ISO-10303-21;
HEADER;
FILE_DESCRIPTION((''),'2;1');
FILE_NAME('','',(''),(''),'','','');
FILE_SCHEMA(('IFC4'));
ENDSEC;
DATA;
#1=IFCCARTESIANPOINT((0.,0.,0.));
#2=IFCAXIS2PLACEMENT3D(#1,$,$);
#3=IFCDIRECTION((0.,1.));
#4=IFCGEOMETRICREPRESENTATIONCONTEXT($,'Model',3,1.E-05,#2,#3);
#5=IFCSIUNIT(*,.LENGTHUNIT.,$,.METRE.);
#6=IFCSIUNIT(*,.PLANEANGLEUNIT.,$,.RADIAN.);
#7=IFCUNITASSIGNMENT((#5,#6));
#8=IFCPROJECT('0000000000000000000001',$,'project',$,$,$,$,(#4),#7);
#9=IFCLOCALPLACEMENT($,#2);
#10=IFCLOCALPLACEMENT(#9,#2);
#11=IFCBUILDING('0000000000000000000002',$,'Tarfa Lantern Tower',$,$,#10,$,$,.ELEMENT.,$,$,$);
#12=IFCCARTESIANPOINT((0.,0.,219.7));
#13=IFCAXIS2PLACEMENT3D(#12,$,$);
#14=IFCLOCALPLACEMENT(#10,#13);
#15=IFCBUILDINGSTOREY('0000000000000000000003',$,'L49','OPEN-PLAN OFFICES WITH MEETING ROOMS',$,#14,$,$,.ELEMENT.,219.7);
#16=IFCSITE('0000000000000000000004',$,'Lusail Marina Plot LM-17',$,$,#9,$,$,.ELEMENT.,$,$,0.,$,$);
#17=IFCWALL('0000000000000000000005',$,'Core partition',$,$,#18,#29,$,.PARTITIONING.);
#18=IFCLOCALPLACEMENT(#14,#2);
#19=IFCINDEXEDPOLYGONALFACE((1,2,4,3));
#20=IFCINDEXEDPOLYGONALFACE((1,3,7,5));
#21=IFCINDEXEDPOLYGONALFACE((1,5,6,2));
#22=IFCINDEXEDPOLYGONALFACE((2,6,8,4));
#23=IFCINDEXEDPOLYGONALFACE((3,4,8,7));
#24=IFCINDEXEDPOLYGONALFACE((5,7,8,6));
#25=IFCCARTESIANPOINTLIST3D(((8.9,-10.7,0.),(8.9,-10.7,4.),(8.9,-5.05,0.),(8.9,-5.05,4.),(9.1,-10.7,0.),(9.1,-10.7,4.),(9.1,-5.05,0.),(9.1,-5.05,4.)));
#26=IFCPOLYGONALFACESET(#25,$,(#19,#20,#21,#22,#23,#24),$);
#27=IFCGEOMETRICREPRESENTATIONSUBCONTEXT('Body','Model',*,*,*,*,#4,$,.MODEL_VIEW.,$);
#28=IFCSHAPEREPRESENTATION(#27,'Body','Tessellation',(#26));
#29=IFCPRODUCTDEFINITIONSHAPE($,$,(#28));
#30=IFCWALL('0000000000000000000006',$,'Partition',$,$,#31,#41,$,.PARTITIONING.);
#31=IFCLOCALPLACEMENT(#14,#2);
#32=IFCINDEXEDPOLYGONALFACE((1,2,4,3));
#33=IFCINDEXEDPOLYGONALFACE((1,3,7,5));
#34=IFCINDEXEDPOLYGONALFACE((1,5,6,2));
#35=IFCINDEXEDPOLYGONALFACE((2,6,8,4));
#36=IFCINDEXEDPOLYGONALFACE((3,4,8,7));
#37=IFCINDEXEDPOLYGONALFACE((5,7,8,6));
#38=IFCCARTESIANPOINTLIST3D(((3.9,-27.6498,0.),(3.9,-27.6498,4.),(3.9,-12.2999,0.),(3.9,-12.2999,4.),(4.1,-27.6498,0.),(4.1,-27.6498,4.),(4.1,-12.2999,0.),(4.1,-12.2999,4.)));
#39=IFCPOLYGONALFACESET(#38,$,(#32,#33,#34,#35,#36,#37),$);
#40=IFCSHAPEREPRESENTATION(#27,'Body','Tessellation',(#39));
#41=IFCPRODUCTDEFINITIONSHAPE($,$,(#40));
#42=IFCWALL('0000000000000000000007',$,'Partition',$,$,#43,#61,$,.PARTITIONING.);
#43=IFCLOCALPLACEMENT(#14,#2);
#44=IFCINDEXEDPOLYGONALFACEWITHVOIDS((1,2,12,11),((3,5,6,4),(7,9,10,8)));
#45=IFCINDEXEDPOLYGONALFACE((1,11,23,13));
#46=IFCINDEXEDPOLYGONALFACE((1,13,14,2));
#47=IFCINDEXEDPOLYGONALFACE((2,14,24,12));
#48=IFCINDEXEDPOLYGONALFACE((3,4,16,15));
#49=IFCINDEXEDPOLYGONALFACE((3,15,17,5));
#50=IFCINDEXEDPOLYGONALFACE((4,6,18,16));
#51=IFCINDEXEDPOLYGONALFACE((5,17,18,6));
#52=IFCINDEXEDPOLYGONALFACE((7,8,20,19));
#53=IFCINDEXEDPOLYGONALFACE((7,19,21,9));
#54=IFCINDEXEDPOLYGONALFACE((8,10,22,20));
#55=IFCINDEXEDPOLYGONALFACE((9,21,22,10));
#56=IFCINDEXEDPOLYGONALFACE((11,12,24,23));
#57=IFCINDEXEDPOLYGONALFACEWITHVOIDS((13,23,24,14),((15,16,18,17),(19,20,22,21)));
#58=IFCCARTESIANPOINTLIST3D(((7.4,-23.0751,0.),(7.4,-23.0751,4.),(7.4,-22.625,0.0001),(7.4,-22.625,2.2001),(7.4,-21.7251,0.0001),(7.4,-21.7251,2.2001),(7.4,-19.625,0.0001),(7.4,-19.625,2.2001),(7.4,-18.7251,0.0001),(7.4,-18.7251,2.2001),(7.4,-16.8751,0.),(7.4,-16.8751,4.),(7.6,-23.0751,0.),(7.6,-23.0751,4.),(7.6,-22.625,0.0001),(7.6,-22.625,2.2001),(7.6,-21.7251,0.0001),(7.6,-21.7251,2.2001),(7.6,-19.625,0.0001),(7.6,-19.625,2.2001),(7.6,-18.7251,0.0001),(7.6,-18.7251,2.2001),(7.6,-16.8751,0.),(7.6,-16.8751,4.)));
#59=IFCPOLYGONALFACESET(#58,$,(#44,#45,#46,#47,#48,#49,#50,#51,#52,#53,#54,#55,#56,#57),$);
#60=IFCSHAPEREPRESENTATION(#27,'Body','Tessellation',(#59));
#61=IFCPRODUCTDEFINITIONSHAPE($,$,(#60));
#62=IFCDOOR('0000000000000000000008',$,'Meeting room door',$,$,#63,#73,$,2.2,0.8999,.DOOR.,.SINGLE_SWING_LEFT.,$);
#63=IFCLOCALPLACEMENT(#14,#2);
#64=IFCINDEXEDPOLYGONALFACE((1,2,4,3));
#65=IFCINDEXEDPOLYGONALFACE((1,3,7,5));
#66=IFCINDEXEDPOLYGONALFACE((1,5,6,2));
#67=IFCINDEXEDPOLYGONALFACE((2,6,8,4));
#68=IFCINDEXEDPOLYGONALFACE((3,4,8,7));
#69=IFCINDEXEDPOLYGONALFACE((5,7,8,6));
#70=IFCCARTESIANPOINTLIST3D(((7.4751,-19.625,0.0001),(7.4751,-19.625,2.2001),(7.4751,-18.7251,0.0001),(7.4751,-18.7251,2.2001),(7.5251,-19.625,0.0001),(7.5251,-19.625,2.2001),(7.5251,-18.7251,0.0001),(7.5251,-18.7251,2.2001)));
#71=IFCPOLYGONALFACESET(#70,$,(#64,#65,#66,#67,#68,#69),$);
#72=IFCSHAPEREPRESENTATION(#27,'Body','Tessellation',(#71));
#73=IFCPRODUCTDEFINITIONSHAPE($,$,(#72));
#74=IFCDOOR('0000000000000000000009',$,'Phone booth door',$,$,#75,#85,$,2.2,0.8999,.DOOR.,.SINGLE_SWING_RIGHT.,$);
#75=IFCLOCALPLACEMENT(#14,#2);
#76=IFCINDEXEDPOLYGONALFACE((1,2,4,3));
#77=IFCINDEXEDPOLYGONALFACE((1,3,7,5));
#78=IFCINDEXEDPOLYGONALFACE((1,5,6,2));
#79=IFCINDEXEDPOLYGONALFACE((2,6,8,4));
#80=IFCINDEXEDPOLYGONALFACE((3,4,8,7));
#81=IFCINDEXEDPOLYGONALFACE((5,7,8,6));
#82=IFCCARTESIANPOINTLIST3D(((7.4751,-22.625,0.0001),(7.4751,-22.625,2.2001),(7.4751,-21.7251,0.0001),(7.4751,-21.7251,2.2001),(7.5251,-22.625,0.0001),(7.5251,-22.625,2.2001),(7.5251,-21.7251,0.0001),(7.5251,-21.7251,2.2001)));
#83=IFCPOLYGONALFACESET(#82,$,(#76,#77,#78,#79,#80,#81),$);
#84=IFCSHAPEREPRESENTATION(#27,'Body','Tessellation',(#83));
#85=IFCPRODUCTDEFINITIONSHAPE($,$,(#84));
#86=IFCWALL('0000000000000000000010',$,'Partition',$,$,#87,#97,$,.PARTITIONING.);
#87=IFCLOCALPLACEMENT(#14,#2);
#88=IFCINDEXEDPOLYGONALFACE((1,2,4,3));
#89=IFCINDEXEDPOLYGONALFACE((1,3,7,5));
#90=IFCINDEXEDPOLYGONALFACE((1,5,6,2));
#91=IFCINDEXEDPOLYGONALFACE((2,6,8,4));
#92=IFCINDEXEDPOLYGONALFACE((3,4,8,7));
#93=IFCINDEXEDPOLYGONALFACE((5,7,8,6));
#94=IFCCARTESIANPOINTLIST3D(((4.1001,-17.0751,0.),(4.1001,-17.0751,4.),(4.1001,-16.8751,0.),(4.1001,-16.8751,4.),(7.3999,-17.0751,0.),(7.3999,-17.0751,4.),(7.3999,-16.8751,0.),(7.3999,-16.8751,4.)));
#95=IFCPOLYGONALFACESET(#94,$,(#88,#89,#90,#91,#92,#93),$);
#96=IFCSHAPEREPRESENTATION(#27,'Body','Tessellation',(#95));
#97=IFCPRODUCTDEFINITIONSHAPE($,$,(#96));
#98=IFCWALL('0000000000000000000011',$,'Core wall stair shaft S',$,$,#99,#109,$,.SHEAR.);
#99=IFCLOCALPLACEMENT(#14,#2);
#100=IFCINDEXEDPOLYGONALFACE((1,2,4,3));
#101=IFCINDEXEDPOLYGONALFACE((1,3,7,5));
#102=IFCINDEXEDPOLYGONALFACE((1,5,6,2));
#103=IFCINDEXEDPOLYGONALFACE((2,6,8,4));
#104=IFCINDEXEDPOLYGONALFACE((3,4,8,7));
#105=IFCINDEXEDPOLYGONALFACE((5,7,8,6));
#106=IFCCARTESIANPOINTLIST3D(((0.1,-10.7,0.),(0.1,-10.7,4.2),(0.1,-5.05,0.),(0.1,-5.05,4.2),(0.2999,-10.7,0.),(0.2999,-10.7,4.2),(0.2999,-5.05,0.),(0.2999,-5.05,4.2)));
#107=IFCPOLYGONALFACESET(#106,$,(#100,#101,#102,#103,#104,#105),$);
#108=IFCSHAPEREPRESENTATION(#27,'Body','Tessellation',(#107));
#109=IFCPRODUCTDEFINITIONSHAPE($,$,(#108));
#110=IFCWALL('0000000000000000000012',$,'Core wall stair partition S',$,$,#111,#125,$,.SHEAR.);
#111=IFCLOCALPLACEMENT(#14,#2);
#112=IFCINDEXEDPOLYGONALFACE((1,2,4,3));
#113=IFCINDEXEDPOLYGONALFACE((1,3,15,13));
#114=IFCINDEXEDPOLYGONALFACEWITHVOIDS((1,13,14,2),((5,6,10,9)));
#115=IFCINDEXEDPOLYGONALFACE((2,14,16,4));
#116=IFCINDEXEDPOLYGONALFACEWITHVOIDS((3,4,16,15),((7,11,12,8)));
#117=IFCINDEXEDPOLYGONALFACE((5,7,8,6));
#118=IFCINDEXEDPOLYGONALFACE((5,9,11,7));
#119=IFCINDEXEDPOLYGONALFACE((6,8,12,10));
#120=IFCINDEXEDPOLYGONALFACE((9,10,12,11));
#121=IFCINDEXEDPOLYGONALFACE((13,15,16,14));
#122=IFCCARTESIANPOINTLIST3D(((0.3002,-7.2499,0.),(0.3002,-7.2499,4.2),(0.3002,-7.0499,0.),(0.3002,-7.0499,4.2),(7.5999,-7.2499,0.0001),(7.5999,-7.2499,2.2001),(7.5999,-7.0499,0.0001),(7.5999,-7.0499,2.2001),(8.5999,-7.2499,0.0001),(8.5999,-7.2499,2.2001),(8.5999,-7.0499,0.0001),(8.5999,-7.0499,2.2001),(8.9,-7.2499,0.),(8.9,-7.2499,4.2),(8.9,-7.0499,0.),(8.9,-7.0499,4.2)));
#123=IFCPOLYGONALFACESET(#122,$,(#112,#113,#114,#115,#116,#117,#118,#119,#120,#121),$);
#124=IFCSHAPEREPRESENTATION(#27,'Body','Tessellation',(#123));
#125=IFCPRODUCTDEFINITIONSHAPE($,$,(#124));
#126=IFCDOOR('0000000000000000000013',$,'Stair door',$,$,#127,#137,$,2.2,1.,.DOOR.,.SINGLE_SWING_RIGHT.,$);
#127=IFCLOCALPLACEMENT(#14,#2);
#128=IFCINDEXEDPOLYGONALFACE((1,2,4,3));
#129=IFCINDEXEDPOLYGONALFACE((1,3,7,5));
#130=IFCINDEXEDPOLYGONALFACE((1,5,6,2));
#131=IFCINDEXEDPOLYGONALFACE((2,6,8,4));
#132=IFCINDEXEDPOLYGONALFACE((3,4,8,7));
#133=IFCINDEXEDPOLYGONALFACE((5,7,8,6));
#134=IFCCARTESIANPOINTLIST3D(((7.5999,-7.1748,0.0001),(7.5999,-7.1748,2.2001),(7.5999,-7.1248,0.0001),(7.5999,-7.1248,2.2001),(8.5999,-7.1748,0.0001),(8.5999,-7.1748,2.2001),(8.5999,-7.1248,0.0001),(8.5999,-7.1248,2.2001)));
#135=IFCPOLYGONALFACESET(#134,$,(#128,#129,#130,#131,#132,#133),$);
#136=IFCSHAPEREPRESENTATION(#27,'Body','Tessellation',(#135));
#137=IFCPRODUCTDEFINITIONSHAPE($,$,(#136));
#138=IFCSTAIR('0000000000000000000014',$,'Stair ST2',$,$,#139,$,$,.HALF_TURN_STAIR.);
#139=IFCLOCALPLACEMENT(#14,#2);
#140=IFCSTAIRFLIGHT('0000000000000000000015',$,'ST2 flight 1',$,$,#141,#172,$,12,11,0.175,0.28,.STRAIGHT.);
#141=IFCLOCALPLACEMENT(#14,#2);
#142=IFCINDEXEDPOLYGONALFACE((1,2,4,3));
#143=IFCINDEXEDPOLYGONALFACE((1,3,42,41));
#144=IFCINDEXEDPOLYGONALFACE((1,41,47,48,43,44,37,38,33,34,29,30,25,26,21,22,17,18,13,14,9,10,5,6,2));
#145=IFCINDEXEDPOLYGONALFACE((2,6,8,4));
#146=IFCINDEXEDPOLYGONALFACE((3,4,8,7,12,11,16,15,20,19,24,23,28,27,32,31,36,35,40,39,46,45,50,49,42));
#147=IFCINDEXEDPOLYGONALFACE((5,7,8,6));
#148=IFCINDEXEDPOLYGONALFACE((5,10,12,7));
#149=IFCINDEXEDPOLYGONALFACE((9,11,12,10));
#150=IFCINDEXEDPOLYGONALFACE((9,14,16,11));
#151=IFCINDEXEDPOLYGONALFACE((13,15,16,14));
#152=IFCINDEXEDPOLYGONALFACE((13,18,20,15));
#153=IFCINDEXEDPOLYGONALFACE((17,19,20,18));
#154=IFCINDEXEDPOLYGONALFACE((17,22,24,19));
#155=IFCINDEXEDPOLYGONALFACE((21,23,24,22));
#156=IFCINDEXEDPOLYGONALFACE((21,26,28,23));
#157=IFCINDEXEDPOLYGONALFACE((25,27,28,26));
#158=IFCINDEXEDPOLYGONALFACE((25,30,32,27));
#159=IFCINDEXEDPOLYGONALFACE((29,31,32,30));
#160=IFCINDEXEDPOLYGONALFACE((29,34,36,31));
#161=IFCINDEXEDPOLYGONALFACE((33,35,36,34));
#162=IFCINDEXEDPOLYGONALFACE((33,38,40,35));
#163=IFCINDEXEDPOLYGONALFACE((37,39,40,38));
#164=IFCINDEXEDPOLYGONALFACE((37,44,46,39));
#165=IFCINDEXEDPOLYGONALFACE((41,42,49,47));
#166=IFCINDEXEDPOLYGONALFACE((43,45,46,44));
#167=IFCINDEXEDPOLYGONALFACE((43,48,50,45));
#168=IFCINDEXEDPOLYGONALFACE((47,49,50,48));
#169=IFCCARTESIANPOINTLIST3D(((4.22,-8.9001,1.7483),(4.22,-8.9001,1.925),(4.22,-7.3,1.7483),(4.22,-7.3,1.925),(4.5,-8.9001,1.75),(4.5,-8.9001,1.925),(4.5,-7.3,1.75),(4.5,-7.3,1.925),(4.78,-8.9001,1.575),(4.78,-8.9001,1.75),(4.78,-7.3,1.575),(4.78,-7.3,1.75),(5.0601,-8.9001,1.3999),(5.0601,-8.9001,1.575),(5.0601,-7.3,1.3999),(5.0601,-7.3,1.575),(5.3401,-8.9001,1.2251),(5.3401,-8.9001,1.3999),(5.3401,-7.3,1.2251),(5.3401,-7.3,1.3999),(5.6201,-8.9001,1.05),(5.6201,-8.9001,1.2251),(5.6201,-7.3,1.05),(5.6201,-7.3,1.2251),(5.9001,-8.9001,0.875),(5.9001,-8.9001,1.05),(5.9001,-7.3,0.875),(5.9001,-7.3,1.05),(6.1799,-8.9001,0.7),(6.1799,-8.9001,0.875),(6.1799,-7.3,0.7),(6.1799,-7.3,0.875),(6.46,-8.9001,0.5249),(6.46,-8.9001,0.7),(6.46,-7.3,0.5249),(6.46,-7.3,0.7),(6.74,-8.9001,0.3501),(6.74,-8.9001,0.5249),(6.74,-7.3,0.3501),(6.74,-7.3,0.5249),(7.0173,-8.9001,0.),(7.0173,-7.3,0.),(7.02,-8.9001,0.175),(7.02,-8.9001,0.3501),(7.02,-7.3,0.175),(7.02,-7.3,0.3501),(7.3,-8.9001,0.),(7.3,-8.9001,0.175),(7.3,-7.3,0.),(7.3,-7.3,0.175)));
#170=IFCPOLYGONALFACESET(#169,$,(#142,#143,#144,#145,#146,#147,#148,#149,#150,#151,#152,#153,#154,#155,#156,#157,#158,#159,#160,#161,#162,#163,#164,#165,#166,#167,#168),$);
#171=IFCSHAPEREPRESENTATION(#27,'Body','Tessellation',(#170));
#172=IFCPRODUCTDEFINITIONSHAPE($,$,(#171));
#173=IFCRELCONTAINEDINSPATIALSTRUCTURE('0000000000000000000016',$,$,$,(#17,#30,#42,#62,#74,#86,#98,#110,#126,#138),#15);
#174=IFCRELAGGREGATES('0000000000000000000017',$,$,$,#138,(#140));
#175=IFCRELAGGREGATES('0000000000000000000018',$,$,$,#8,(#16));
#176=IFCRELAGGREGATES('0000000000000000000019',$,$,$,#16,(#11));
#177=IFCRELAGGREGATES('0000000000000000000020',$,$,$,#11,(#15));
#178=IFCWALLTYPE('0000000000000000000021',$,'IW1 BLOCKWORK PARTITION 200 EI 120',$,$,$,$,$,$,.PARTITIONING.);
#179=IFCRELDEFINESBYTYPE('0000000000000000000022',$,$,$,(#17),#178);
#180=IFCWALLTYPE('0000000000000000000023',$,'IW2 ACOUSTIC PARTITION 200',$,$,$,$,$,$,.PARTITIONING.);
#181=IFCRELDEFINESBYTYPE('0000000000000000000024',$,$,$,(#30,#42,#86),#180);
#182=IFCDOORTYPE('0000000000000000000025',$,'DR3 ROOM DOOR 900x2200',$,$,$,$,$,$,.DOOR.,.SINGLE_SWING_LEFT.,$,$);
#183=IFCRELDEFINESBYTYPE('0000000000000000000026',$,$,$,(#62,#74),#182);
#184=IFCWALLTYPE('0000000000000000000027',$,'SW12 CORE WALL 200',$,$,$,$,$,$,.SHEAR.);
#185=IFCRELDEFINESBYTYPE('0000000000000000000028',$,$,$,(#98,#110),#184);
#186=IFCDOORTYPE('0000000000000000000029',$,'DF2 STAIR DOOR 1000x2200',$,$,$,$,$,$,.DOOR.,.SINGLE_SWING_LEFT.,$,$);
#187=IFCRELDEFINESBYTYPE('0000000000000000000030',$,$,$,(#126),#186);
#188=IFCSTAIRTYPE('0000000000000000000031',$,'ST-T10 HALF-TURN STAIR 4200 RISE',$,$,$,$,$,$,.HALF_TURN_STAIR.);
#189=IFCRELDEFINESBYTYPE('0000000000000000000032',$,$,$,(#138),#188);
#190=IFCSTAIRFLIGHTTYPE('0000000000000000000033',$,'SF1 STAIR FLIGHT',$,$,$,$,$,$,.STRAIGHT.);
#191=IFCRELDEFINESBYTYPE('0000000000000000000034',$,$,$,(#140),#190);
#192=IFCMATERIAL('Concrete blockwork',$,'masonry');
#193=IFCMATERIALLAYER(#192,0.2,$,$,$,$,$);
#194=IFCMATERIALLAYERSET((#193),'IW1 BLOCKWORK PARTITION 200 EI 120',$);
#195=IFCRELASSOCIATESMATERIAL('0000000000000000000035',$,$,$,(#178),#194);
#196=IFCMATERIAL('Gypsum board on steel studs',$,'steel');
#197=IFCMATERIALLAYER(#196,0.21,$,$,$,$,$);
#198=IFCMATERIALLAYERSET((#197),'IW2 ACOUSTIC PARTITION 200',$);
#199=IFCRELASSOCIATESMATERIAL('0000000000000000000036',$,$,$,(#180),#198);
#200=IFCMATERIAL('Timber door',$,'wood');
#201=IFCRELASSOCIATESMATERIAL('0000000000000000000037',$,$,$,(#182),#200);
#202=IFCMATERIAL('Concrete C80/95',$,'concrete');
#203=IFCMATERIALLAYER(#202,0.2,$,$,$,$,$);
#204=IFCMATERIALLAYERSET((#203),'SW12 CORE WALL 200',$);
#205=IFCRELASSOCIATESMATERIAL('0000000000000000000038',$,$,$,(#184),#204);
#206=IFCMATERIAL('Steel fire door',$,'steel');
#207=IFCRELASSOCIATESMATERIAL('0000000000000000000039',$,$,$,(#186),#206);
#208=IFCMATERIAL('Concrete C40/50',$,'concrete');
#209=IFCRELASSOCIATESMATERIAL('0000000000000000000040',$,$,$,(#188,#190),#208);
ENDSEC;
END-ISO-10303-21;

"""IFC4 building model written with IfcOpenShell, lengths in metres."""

from ifc_helpers import new_model, si_unit, direction, frame, frame_2d, origin, place, context, subcontext, project, spatial, polyline, rectangle, outline, extrude, material, layer, layer_set, type_object, element, fill, aggregate, save


model = new_model("IFC4")

# Units and contexts
model_context = context("Model", 3, precision=1e-05, world=origin(), true_north=direction((0.0, 1.0)))
body_context = subcontext(model_context, "Body", "Model", "MODEL_VIEW")
ifc_project = project(units=[si_unit("LENGTHUNIT", "METRE"), si_unit("PLANEANGLEUNIT", "RADIAN")], contexts=[model_context])

# Site, building, storey
site_placement = place(None, origin())
site = spatial("IfcSite", under=ifc_project, at=site_placement, Name="Lusail Marina Plot LM-17", CompositionType="ELEMENT", RefElevation=0.0)
building_placement = place(site_placement, origin())
building = spatial("IfcBuilding", under=site, at=building_placement, Name="Tarfa Lantern Tower", CompositionType="ELEMENT")
storey_placement = place(building_placement, frame((0.0, 0.0, 219.7)))
storey = spatial("IfcBuildingStorey", under=building, at=storey_placement, Name="L49", Description="OPEN-PLAN OFFICES WITH MEETING ROOMS", CompositionType="ELEMENT", Elevation=219.7)

# Walls
ifc_material_1 = material(Name="Concrete blockwork", Category="masonry")
ifc_layer_1 = layer(ifc_material_1, 0.2)
ifc_layer_set_1 = layer_set([ifc_layer_1], Name="IW1 BLOCKWORK PARTITION 200 EI 120")
wall_type_1 = type_object("IfcWallType", Name="IW1 BLOCKWORK PARTITION 200 EI 120", PredefinedType="PARTITIONING", material=ifc_layer_set_1)
wall_1_placement = place(storey_placement, frame((9.0, -5.05, 0.0), z_axis=(0.0, 0.0, 1.0), x_axis=(0.0, -1.0, 0.0)))
element("IfcWall", 1, at=wall_1_placement, inside=storey, type_object=wall_type_1, Name="Core partition", PredefinedType="PARTITIONING", context=body_context, shape_type="SweptSolid", body=[
    extrude(rectangle(XDim=5.6499, YDim=0.2, at=frame_2d((2.825, 0.0))), origin(), (0.0, 0.0, 1.0), 4.0),
])
ifc_material_2 = material(Name="Gypsum board on steel studs", Category="steel")
ifc_layer_2 = layer(ifc_material_2, 0.21)
ifc_layer_set_2 = layer_set([ifc_layer_2], Name="IW2 ACOUSTIC PARTITION 200")
wall_type_2 = type_object("IfcWallType", Name="IW2 ACOUSTIC PARTITION 200", PredefinedType="PARTITIONING", material=ifc_layer_set_2)
wall_2_placement = place(storey_placement, frame((4.0, -12.3, 0.0), z_axis=(0.0, 0.0, 1.0), x_axis=(0.0, -1.0, 0.0)))
element("IfcWall", 2, at=wall_2_placement, inside=storey, type_object=wall_type_2, Name="Partition", PredefinedType="PARTITIONING", context=body_context, shape_type="SweptSolid", body=[
    extrude(rectangle(XDim=15.3499, YDim=0.2, at=frame_2d((7.6748, 0.0))), origin(), (0.0, 0.0, 1.0), 4.0),
])

# Wall, openings, doors
wall_3_placement = place(storey_placement, frame((7.5, -16.875, 0.0), z_axis=(0.0, 0.0, 1.0), x_axis=(0.0, -1.0, 0.0)))
wall_3 = element("IfcWall", 3, at=wall_3_placement, inside=storey, type_object=wall_type_2, Name="Partition", PredefinedType="PARTITIONING", context=body_context, shape_type="SweptSolid", body=[
    extrude(rectangle(XDim=6.2, YDim=0.2, at=frame_2d((3.1001, 0.0))), origin(), (0.0, 0.0, 1.0), 4.0),
])
opening_1_placement = place(wall_3_placement, frame((1.8501, 0.0, 0.0)))
opening_1 = element("IfcOpeningElement", 4, at=opening_1_placement, cuts=wall_3, PredefinedType="OPENING", context=body_context, shape_type="SweptSolid", body=[
    extrude(rectangle(XDim=0.8999, YDim=2.2, at=frame_2d((0.45, 1.1001))), frame((0.0, 0.1099, 0.0), z_axis=(0.0, -1.0, 0.0), x_axis=(1.0, 0.0, 0.0)), (0.0, 0.0, 1.0), 0.22),
])
opening_2_placement = place(wall_3_placement, frame((4.8501, 0.0, 0.0)))
opening_2 = element("IfcOpeningElement", 5, at=opening_2_placement, cuts=wall_3, PredefinedType="OPENING", context=body_context, shape_type="SweptSolid", body=[
    extrude(rectangle(XDim=0.8999, YDim=2.2, at=frame_2d((0.45, 1.1001))), frame((0.0, 0.1099, 0.0), z_axis=(0.0, -1.0, 0.0), x_axis=(1.0, 0.0, 0.0)), (0.0, 0.0, 1.0), 0.22),
])
ifc_material_3 = material(Name="Timber door", Category="wood")
door_type_1 = type_object("IfcDoorType", Name="DR3 ROOM DOOR 900x2200", OperationType="SINGLE_SWING_LEFT", PredefinedType="DOOR", material=ifc_material_3)
door_1_placement = place(opening_1_placement, frame((0.8999, 0.0, 0.0), z_axis=(0.0, 0.0, 1.0), x_axis=(-1.0, 0.0, 0.0)))
door_1 = element("IfcDoor", 6, at=door_1_placement, inside=storey, type_object=door_type_1, Name="Meeting room door", OperationType="SINGLE_SWING_LEFT", OverallHeight=2.2, OverallWidth=0.8999, PredefinedType="DOOR", context=body_context, shape_type="SweptSolid", body=[
    extrude(rectangle(XDim=0.8999, YDim=2.2, at=frame_2d((0.45, 1.1001))), frame((0.0, 0.0249, 0.0), z_axis=(0.0, -1.0, 0.0), x_axis=(1.0, 0.0, 0.0)), (0.0, 0.0, 1.0), 0.05),
])
fill(opening_1, door_1)
door_2_placement = place(opening_2_placement, frame((0.8999, 0.0, 0.0), z_axis=(0.0, 0.0, 1.0), x_axis=(-1.0, 0.0, 0.0)))
door_2 = element("IfcDoor", 7, at=door_2_placement, inside=storey, type_object=door_type_1, Name="Phone booth door", OperationType="SINGLE_SWING_RIGHT", OverallHeight=2.2, OverallWidth=0.8999, PredefinedType="DOOR", context=body_context, shape_type="SweptSolid", body=[
    extrude(rectangle(XDim=0.8999, YDim=2.2, at=frame_2d((0.45, 1.1001))), frame((0.0, 0.0249, 0.0), z_axis=(0.0, -1.0, 0.0), x_axis=(1.0, 0.0, 0.0)), (0.0, 0.0, 1.0), 0.05),
])
fill(opening_2, door_2)

# Walls
wall_4_placement = place(storey_placement, frame((4.1001, -16.9751, 0.0), z_axis=(0.0, 0.0, 1.0), x_axis=(1.0, 0.0, 0.0)))
element("IfcWall", 8, at=wall_4_placement, inside=storey, type_object=wall_type_2, Name="Partition", PredefinedType="PARTITIONING", context=body_context, shape_type="SweptSolid", body=[
    extrude(rectangle(XDim=3.2998, YDim=0.2, at=frame_2d((1.6499, 0.0))), origin(), (0.0, 0.0, 1.0), 4.0),
])
ifc_material_4 = material(Name="Concrete C80/95", Category="concrete")
ifc_layer_3 = layer(ifc_material_4, 0.2)
ifc_layer_set_3 = layer_set([ifc_layer_3], Name="SW12 CORE WALL 200")
wall_type_3 = type_object("IfcWallType", Name="SW12 CORE WALL 200", PredefinedType="SHEAR", material=ifc_layer_set_3)
wall_5_placement = place(storey_placement, frame((0.2, -5.05, 0.0), z_axis=(0.0, 0.0, 1.0), x_axis=(0.0, -1.0, 0.0)))
element("IfcWall", 9, at=wall_5_placement, inside=storey, type_object=wall_type_3, Name="Core wall stair shaft S", PredefinedType="SHEAR", context=body_context, shape_type="SweptSolid", body=[
    extrude(rectangle(XDim=5.6499, YDim=0.2, at=frame_2d((2.825, 0.0))), origin(), (0.0, 0.0, 1.0), 4.2),
])

# Wall, opening, door
wall_6_placement = place(storey_placement, frame((8.8999, -7.1499, 0.0), z_axis=(0.0, 0.0, 1.0), x_axis=(-1.0, 0.0, 0.0)))
wall_6 = element("IfcWall", 10, at=wall_6_placement, inside=storey, type_object=wall_type_3, Name="Core wall stair partition S", PredefinedType="SHEAR", context=body_context, shape_type="SweptSolid", body=[
    extrude(rectangle(XDim=8.5999, YDim=0.2, at=frame_2d((4.2998, 0.0))), origin(), (0.0, 0.0, 1.0), 4.2),
])
opening_3_placement = place(wall_6_placement, frame((0.3, 0.0, 0.0)))
opening_3 = element("IfcOpeningElement", 11, at=opening_3_placement, cuts=wall_6, PredefinedType="OPENING", context=body_context, shape_type="SweptSolid", body=[
    extrude(rectangle(XDim=1.0, YDim=2.2, at=frame_2d((0.5, 1.1001))), frame((0.0, 0.1099, 0.0), z_axis=(0.0, -1.0, 0.0), x_axis=(1.0, 0.0, 0.0)), (0.0, 0.0, 1.0), 0.22),
])
ifc_material_5 = material(Name="Steel fire door", Category="steel")
door_type_2 = type_object("IfcDoorType", Name="DF2 STAIR DOOR 1000x2200", OperationType="SINGLE_SWING_LEFT", PredefinedType="DOOR", material=ifc_material_5)
door_3_placement = place(opening_3_placement, origin())
door_3 = element("IfcDoor", 12, at=door_3_placement, inside=storey, type_object=door_type_2, Name="Stair door", OperationType="SINGLE_SWING_RIGHT", OverallHeight=2.2, OverallWidth=1.0, PredefinedType="DOOR", context=body_context, shape_type="SweptSolid", body=[
    extrude(rectangle(XDim=1.0, YDim=2.2, at=frame_2d((0.5, 1.1001))), frame((0.0, 0.0249, 0.0), z_axis=(0.0, -1.0, 0.0), x_axis=(1.0, 0.0, 0.0)), (0.0, 0.0, 1.0), 0.05),
])
fill(opening_3, door_3)

# Stair, stair flight
ifc_material_6 = material(Name="Concrete C40/50", Category="concrete")
stair_type = type_object("IfcStairType", Name="ST-T10 HALF-TURN STAIR 4200 RISE", PredefinedType="HALF_TURN_STAIR", material=ifc_material_6)
stair_placement = place(storey_placement, origin())
stair = element("IfcStair", 13, at=stair_placement, inside=storey, type_object=stair_type, Name="Stair ST2", PredefinedType="HALF_TURN_STAIR")
stair_flight_type = type_object("IfcStairFlightType", Name="SF1 STAIR FLIGHT", PredefinedType="STRAIGHT", material=ifc_material_6)
stair_flight_1_placement = place(storey_placement, frame((7.3, -8.1001, 0.0), z_axis=(0.0, 0.0, 1.0), x_axis=(-1.0, 0.0, 0.0)))
stair_flight_1 = element("IfcStairFlight", 14, at=stair_flight_1_placement, type_object=stair_flight_type, Name="ST2 flight 1", NumberOfRisers=12, NumberOfTreads=11, PredefinedType="STRAIGHT", RiserHeight=0.175, TreadLength=0.28, context=body_context, shape_type="SweptSolid", body=[
    extrude(outline(polyline([(0.0, 0.0), (0.0, 0.175), (0.28, 0.175), (0.28, 0.3501), (0.5601, 0.3501), (0.5601, 0.5249), (0.8401, 0.5249), (0.8401, 0.7), (1.1201, 0.7), (1.1201, 0.875), (1.3999, 0.875), (1.3999, 1.05), (1.6799, 1.05), (1.6799, 1.2251), (1.96, 1.2251), (1.96, 1.3999), (2.24, 1.3999), (2.24, 1.575), (2.52, 1.575), (2.52, 1.75), (2.8, 1.75), (2.8, 1.925), (3.0801, 1.925), (3.0801, 2.1001), (3.0801, 1.7483), (0.2827, 0.0), (0.0, 0.0)])), frame((0.0, 0.8, 0.0), z_axis=(0.0, -1.0, 0.0), x_axis=(1.0, 0.0, 0.0)), (0.0, 0.0, 1.0), 1.6001),
])
aggregate(stair, [stair_flight_1])

save(model, "model.ifc")
